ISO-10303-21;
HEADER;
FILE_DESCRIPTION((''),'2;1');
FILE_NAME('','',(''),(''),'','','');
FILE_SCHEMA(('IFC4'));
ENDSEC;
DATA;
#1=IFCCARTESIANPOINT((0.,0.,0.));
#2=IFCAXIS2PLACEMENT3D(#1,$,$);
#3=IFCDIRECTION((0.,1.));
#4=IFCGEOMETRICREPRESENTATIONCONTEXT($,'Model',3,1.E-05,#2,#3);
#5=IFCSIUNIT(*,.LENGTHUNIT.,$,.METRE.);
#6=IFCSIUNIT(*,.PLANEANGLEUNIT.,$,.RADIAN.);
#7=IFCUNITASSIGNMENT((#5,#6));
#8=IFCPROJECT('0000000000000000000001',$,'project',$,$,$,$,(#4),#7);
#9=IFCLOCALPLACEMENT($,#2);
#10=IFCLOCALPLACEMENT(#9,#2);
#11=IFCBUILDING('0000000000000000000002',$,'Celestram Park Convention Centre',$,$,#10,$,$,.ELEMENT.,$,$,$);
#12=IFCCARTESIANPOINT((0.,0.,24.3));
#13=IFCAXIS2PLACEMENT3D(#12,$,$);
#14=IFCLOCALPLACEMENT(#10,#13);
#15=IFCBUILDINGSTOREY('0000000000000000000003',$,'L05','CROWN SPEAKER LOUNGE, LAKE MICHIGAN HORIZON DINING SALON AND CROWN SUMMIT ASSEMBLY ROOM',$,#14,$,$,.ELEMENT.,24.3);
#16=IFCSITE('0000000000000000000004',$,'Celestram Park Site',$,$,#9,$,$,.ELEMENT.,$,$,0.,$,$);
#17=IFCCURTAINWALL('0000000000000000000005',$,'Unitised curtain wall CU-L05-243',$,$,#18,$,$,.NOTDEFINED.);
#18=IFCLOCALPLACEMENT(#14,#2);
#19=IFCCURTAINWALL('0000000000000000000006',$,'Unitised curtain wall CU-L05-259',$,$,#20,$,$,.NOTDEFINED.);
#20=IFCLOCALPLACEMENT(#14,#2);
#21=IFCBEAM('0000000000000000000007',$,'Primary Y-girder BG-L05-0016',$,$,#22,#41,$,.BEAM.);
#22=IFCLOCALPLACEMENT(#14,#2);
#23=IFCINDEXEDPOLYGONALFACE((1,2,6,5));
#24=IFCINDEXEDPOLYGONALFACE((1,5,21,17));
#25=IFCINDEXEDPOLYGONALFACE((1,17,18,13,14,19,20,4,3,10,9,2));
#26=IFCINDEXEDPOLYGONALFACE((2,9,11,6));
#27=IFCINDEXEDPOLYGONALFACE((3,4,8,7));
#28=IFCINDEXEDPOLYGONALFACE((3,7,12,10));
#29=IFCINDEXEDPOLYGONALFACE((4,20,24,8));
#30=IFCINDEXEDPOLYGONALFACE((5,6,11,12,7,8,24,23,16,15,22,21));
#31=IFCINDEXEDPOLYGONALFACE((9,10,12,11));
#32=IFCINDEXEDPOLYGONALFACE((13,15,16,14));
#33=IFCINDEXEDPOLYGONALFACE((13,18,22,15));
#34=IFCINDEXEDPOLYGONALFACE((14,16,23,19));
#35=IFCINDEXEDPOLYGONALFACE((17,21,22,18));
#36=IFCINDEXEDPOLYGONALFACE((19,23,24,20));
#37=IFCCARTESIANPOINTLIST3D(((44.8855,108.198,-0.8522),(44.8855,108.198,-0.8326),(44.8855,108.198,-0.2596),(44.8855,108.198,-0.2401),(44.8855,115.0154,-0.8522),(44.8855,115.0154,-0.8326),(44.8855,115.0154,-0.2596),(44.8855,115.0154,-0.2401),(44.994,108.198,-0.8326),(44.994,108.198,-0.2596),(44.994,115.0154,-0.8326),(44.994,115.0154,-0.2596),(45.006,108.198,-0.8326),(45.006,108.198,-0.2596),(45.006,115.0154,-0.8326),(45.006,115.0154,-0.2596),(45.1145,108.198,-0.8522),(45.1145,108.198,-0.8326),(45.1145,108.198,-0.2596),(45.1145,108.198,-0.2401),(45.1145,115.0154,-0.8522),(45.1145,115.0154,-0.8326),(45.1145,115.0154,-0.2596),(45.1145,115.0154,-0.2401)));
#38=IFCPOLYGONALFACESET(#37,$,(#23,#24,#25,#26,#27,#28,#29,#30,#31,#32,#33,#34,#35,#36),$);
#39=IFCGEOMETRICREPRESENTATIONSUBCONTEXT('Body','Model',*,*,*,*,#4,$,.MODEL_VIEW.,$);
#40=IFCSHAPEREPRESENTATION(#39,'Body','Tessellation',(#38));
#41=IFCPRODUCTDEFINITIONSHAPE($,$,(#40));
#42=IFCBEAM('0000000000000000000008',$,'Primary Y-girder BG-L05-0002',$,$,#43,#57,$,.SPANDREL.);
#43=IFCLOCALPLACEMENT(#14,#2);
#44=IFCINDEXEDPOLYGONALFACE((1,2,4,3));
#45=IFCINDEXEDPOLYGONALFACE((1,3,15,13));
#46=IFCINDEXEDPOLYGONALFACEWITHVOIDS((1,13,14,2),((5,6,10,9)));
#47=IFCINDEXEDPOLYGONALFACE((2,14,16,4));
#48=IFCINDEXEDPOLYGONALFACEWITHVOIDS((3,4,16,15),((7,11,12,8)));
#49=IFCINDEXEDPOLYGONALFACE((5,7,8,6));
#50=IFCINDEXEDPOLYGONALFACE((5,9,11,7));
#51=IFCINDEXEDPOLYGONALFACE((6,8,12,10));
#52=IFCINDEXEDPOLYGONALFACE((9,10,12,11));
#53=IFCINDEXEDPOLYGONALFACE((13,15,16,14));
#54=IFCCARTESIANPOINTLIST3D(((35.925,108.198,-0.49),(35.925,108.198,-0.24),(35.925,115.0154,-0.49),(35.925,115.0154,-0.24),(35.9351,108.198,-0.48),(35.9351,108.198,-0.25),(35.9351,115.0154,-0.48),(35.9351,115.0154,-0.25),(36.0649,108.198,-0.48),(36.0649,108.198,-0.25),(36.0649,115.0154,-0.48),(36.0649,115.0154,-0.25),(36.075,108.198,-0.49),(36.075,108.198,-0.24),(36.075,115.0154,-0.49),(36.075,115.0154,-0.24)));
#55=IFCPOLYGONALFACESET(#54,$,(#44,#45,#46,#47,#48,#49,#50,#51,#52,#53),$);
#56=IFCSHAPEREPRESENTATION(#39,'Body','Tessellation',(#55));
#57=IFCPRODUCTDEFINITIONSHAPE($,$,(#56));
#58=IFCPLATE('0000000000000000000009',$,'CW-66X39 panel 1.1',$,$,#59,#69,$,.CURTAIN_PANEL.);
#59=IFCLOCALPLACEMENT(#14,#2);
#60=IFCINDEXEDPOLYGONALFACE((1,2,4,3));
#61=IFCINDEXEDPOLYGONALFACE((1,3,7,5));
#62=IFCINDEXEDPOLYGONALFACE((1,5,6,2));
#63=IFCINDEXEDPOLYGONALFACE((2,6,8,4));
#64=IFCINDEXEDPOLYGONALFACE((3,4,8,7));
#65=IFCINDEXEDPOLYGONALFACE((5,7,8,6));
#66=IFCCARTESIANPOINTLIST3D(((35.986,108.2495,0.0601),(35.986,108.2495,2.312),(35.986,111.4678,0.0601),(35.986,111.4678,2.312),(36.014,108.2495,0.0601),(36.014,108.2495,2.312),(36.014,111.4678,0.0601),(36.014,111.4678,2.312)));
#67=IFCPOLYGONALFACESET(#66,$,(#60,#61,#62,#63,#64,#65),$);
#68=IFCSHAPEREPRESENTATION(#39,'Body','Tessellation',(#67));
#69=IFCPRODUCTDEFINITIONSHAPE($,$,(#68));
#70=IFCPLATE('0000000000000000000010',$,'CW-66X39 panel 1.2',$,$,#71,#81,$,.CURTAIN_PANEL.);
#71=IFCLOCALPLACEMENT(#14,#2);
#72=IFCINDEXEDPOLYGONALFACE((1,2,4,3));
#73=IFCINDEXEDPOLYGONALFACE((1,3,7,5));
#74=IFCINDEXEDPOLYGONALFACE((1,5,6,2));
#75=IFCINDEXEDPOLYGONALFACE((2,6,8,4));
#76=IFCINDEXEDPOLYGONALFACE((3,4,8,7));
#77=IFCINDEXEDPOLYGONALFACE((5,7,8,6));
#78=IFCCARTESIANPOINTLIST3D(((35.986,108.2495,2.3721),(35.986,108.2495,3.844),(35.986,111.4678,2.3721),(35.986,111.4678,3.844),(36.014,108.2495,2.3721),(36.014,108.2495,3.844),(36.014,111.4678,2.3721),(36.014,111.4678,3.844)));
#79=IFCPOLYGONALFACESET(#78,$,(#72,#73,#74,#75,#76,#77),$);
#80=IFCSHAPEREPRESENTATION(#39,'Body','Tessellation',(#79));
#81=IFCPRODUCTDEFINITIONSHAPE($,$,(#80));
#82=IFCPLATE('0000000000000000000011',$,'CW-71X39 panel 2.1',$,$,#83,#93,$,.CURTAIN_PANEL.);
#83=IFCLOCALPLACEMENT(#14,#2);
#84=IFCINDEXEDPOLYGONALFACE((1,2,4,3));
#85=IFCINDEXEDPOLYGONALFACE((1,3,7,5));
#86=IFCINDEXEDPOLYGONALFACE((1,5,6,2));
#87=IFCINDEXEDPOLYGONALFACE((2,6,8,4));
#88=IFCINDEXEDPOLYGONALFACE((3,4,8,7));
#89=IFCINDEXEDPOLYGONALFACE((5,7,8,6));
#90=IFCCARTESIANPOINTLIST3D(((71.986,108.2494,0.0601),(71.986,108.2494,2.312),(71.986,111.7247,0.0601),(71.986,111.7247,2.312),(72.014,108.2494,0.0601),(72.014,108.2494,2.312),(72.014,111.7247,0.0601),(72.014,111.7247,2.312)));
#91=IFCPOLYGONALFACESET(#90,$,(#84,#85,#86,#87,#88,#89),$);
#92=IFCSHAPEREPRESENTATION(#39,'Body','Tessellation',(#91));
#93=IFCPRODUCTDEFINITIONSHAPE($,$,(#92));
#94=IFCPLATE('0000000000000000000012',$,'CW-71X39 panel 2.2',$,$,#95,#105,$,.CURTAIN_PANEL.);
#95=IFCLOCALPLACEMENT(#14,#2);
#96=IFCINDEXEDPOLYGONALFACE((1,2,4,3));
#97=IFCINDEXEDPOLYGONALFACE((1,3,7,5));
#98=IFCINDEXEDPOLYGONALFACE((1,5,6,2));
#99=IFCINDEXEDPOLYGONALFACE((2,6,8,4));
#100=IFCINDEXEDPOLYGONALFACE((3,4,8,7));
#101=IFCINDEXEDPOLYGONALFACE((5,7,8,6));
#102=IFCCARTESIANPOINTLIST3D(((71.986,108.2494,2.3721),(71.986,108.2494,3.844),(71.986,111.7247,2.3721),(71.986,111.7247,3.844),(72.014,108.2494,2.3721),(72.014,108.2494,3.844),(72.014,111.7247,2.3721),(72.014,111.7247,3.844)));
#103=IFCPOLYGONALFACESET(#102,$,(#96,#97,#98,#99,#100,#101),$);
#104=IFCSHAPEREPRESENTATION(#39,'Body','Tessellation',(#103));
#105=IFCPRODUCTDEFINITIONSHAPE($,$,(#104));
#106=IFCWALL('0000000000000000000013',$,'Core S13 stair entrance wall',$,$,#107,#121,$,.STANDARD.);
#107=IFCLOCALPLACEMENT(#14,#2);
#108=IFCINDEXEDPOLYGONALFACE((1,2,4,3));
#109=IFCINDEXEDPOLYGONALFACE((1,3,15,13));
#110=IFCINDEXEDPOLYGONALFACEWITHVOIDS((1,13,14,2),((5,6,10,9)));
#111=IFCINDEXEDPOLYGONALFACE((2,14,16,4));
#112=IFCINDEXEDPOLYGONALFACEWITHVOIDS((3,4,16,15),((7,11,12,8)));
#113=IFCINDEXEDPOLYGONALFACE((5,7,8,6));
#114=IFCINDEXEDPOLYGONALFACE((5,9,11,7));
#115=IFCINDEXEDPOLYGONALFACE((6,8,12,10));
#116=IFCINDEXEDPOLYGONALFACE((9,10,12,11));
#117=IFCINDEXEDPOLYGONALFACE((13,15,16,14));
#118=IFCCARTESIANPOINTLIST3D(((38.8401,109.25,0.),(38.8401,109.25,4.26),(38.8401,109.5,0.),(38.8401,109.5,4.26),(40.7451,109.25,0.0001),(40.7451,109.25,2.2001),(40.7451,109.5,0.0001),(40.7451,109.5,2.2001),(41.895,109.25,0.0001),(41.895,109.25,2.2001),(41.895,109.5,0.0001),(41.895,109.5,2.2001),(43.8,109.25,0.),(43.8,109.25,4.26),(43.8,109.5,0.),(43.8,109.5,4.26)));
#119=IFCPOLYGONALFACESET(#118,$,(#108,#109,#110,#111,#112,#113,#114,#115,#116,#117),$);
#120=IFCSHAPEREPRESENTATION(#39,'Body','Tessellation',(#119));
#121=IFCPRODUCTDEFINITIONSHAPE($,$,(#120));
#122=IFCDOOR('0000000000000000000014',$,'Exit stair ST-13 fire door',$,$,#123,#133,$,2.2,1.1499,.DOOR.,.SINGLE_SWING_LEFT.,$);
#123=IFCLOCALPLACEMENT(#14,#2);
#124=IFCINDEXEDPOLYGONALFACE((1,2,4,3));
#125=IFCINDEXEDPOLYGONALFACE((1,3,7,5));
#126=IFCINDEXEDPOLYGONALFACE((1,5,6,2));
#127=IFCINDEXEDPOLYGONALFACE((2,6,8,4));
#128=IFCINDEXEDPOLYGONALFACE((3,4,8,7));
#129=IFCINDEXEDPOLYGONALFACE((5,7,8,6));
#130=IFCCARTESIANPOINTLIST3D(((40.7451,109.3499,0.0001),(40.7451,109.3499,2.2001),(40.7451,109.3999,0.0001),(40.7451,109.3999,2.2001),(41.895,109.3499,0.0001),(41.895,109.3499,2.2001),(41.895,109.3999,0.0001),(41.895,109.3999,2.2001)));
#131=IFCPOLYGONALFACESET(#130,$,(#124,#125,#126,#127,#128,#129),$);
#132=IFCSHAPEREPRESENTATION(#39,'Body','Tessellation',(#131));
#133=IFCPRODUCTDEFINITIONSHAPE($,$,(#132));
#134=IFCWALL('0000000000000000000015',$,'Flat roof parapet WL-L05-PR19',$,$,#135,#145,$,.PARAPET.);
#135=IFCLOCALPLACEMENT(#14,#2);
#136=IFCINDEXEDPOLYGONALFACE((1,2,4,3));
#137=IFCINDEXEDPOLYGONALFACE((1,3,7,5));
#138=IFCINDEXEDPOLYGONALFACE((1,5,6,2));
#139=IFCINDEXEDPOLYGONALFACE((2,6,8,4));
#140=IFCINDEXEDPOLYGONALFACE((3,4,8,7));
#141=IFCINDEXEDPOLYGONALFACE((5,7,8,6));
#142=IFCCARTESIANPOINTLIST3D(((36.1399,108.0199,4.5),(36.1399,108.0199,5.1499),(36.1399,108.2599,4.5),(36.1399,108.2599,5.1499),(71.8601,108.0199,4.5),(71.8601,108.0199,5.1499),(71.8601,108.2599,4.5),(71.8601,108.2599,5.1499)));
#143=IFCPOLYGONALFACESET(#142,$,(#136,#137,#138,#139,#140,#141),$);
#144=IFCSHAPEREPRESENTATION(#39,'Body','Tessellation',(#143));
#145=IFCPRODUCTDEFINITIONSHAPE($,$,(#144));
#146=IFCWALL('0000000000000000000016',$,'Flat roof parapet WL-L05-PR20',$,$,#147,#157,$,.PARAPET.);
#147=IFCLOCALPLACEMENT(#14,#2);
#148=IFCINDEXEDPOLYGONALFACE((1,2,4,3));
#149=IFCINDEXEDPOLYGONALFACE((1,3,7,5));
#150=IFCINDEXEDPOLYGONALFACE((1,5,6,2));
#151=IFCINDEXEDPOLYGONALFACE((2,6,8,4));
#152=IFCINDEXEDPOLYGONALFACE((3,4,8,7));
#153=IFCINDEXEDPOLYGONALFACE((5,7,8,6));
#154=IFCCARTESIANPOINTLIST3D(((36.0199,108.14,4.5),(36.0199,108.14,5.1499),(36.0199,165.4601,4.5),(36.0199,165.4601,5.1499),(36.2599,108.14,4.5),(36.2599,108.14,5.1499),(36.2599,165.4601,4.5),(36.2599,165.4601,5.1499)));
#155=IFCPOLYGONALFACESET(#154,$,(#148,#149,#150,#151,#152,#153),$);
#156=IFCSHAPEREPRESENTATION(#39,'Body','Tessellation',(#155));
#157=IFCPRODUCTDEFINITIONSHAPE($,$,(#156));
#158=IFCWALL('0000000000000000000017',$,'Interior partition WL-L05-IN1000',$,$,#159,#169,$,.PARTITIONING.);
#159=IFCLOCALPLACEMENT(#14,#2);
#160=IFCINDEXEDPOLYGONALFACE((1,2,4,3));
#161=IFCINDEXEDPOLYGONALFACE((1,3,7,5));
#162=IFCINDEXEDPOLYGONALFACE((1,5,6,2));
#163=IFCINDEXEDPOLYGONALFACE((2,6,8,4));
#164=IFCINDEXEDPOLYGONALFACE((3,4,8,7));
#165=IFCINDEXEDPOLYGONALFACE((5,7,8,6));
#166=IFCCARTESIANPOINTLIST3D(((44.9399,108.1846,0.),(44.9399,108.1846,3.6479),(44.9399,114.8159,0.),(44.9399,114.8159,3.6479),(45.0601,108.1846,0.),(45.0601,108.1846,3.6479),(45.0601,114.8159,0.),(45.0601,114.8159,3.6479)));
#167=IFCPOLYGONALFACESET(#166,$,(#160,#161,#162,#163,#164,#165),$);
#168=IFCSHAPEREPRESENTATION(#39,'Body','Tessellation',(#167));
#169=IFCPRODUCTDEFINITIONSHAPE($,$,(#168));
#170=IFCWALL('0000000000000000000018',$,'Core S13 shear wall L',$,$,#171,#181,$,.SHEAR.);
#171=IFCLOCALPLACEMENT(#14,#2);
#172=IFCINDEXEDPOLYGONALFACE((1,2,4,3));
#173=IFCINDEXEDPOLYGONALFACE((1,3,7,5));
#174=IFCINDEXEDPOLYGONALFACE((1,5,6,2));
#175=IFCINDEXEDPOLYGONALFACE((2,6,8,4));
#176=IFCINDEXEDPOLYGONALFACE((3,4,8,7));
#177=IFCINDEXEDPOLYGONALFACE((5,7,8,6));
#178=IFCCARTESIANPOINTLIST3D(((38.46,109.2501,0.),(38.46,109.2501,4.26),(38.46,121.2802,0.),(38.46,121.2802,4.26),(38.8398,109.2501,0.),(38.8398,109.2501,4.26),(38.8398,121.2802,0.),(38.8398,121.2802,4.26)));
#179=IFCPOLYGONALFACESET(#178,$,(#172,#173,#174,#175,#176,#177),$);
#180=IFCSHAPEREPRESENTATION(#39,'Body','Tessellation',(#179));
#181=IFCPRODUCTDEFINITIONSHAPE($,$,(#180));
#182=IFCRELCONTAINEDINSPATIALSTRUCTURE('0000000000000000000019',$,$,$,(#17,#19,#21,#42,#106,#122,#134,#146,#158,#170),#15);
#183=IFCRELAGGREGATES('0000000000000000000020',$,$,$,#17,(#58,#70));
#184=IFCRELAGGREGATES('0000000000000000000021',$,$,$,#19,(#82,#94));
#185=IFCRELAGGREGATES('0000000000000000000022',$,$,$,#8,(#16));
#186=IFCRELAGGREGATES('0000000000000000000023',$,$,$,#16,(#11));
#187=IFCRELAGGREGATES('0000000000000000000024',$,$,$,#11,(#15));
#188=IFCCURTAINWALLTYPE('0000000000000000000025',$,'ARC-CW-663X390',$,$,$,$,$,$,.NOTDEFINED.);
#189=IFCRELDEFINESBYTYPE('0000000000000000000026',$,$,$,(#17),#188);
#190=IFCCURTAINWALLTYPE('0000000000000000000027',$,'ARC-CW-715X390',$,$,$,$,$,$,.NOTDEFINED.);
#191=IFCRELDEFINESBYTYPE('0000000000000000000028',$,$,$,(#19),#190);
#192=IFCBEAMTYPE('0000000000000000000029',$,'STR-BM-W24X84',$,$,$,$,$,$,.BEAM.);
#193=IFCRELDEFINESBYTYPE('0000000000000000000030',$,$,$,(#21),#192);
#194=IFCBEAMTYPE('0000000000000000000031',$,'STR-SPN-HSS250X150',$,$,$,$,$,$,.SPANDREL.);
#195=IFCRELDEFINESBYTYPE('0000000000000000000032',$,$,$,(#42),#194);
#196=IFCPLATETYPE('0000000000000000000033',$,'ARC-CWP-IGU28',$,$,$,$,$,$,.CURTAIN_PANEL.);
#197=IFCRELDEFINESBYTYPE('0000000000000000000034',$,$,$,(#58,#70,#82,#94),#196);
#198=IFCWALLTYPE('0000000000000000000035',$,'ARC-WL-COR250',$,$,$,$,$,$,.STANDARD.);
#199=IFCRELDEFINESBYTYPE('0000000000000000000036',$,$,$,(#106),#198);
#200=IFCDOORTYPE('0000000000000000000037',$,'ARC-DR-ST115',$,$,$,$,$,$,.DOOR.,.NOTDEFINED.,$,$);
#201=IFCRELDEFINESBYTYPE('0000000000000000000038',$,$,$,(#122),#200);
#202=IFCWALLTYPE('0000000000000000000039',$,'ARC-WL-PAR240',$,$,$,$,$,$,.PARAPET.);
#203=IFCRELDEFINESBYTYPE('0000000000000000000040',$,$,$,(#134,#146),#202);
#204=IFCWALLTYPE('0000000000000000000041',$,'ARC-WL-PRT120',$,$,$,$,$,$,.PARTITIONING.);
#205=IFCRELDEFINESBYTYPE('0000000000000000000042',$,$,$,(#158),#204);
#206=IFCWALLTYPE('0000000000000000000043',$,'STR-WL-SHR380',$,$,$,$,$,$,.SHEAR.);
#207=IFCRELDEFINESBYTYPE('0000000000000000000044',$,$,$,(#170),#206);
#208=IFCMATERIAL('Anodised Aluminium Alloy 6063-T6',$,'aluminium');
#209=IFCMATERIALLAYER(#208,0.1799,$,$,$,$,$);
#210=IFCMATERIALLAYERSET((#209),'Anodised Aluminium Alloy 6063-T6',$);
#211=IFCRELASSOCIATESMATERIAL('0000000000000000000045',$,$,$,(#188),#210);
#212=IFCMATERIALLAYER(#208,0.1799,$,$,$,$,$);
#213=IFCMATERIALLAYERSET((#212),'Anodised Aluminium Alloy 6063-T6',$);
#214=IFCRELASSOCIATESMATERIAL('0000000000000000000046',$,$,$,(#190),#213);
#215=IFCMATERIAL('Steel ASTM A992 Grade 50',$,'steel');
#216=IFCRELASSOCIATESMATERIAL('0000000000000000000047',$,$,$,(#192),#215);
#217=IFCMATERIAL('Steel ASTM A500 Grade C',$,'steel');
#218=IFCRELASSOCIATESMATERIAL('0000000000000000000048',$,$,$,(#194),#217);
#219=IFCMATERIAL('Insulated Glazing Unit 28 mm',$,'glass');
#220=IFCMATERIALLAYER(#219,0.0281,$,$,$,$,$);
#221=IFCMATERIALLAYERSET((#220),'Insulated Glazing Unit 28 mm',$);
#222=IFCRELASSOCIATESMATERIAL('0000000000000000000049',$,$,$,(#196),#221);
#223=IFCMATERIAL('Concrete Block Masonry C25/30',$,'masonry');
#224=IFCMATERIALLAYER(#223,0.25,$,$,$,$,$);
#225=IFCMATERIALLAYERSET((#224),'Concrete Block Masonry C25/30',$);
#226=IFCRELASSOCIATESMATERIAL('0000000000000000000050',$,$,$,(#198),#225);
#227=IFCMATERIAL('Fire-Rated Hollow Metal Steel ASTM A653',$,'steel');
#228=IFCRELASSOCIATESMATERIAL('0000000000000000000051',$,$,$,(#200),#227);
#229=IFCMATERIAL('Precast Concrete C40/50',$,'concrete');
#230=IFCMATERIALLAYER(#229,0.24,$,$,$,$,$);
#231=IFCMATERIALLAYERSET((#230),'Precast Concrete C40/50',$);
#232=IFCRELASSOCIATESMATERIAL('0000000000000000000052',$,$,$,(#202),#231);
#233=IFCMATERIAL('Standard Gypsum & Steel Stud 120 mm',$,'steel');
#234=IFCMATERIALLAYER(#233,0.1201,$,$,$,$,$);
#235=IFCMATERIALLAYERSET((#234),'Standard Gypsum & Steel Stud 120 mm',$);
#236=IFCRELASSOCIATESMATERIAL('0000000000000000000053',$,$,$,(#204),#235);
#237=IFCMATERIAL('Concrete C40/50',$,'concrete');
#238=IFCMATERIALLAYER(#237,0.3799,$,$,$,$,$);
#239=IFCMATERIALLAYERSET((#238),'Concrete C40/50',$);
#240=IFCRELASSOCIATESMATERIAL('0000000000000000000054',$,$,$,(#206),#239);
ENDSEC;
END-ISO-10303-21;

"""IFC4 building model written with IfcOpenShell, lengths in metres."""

from ifc_helpers import new_model, si_unit, direction, frame, frame_2d, origin, origin_2d, place, context, subcontext, project, spatial, rectangle, hollow_rectangle, i_section, extrude, material, layer, layer_set, material_profile, profile_set, type_object, element, fill, aggregate, save


model = new_model("IFC4")

# Units and contexts
model_context = context("Model", 3, precision=1e-05, world=origin(), true_north=direction((0.0, 1.0)))
body_context = subcontext(model_context, "Body", "Model", "MODEL_VIEW")
ifc_project = project(units=[si_unit("LENGTHUNIT", "METRE"), si_unit("PLANEANGLEUNIT", "RADIAN")], contexts=[model_context])

# Site, building, storey
site_placement = place(None, origin())
site = spatial("IfcSite", under=ifc_project, at=site_placement, Name="Celestram Park Site", CompositionType="ELEMENT", RefElevation=0.0)
building_placement = place(site_placement, origin())
building = spatial("IfcBuilding", under=site, at=building_placement, Name="Celestram Park Convention Centre", CompositionType="ELEMENT")
storey_placement = place(building_placement, frame((0.0, 0.0, 24.3)))
storey = spatial("IfcBuildingStorey", under=building, at=storey_placement, Name="L05", Description="CROWN SPEAKER LOUNGE, LAKE MICHIGAN HORIZON DINING SALON AND CROWN SUMMIT ASSEMBLY ROOM", CompositionType="ELEMENT", Elevation=24.3)

# Shared definitions
ifc_material_1 = material(Name="Steel ASTM A992 Grade 50", Category="steel")

# Curtain wall
ifc_material_2 = material(Name="Anodised Aluminium Alloy 6063-T6", Category="aluminium")
ifc_layer_1 = layer(ifc_material_2, 0.1799)
ifc_layer_set_1 = layer_set([ifc_layer_1], Name="Anodised Aluminium Alloy 6063-T6")
curtain_wall_type_1 = type_object("IfcCurtainWallType", Name="ARC-CW-663X390", PredefinedType="NOTDEFINED", material=ifc_layer_set_1)
curtain_wall_1_placement = place(storey_placement, origin())
curtain_wall_1 = element("IfcCurtainWall", 1, at=curtain_wall_1_placement, inside=storey, type_object=curtain_wall_type_1, Name="Unitised curtain wall CU-L05-243", PredefinedType="NOTDEFINED")

# Curtain wall
ifc_layer_2 = layer(ifc_material_2, 0.1799)
ifc_layer_set_2 = layer_set([ifc_layer_2], Name="Anodised Aluminium Alloy 6063-T6")
curtain_wall_type_2 = type_object("IfcCurtainWallType", Name="ARC-CW-715X390", PredefinedType="NOTDEFINED", material=ifc_layer_set_2)
curtain_wall_2_placement = place(storey_placement, origin())
curtain_wall_2 = element("IfcCurtainWall", 2, at=curtain_wall_2_placement, inside=storey, type_object=curtain_wall_type_2, Name="Unitised curtain wall CU-L05-259", PredefinedType="NOTDEFINED")

# Beams
ifc_material_profile_1 = material_profile(ifc_material_1, i_section(OverallWidth=0.229, OverallDepth=0.6121, WebThickness=0.012, FlangeThickness=0.0195, at=origin_2d()), Name="W24X84")
ifc_profile_set_1 = profile_set([ifc_material_profile_1], Name="Steel ASTM A992 Grade 50")
beam_type_1 = type_object("IfcBeamType", Name="STR-BM-W24X84", PredefinedType="BEAM", material=ifc_profile_set_1)
beam_1_placement = place(storey_placement, frame((45.0, 108.198, -0.5461), z_axis=(0.0, 1.0, 0.0), x_axis=(-1.0, 0.0, 0.0)))
element("IfcBeam", 3, at=beam_1_placement, inside=storey, type_object=beam_type_1, Name="Primary Y-girder BG-L05-0016", PredefinedType="BEAM", context=body_context, shape_type="SweptSolid", body=[
    extrude(i_section(OverallWidth=0.229, OverallDepth=0.6121, WebThickness=0.012, FlangeThickness=0.0195, at=origin_2d()), origin(), (0.0, 0.0, 1.0), 6.8174),
])
ifc_material_3 = material(Name="Steel ASTM A500 Grade C", Category="steel")
ifc_material_profile_2 = material_profile(ifc_material_3, hollow_rectangle(XDim=0.1499, YDim=0.25, WallThickness=0.01, at=origin_2d()), Name="HSS250X150X10")
ifc_profile_set_2 = profile_set([ifc_material_profile_2], Name="Steel ASTM A500 Grade C")
beam_type_2 = type_object("IfcBeamType", Name="STR-SPN-HSS250X150", PredefinedType="SPANDREL", material=ifc_profile_set_2)
beam_2_placement = place(storey_placement, frame((36.0, 108.198, -0.365), z_axis=(0.0, 1.0, 0.0), x_axis=(-1.0, 0.0, 0.0)))
element("IfcBeam", 4, at=beam_2_placement, inside=storey, type_object=beam_type_2, Name="Primary Y-girder BG-L05-0002", PredefinedType="SPANDREL", context=body_context, shape_type="SweptSolid", body=[
    extrude(hollow_rectangle(XDim=0.1499, YDim=0.25, WallThickness=0.01, at=origin_2d()), origin(), (0.0, 0.0, 1.0), 6.8174),
])

# Plates
ifc_material_4 = material(Name="Insulated Glazing Unit 28 mm", Category="glass")
ifc_layer_3 = layer(ifc_material_4, 0.0281)
ifc_layer_set_3 = layer_set([ifc_layer_3], Name="Insulated Glazing Unit 28 mm")
plate_type = type_object("IfcPlateType", Name="ARC-CWP-IGU28", PredefinedType="CURTAIN_PANEL", material=ifc_layer_set_3)
plate_1_placement = place(storey_placement, frame((36.0, 109.8586, 0.0601), z_axis=(0.0, 0.0, 1.0), x_axis=(0.0, 1.0, 0.0)))
plate_1 = element("IfcPlate", 5, at=plate_1_placement, type_object=plate_type, Name="CW-66X39 panel 1.1", PredefinedType="CURTAIN_PANEL", context=body_context, shape_type="SweptSolid", body=[
    extrude(rectangle(XDim=3.2183, YDim=0.0281, at=origin_2d()), origin(), (0.0, 0.0, 1.0), 2.252),
])
plate_2_placement = place(storey_placement, frame((36.0, 109.8586, 2.3721), z_axis=(0.0, 0.0, 1.0), x_axis=(0.0, 1.0, 0.0)))
plate_2 = element("IfcPlate", 6, at=plate_2_placement, type_object=plate_type, Name="CW-66X39 panel 1.2", PredefinedType="CURTAIN_PANEL", context=body_context, shape_type="SweptSolid", body=[
    extrude(rectangle(XDim=3.2183, YDim=0.0281, at=origin_2d()), origin(), (0.0, 0.0, 1.0), 1.4719),
])
aggregate(curtain_wall_1, [plate_1, plate_2])
plate_3_placement = place(storey_placement, frame((72.0, 109.9871, 0.0601), z_axis=(0.0, 0.0, 1.0), x_axis=(0.0, -1.0, 0.0)))
plate_3 = element("IfcPlate", 7, at=plate_3_placement, type_object=plate_type, Name="CW-71X39 panel 2.1", PredefinedType="CURTAIN_PANEL", context=body_context, shape_type="SweptSolid", body=[
    extrude(rectangle(XDim=3.4753, YDim=0.0281, at=origin_2d()), origin(), (0.0, 0.0, 1.0), 2.252),
])
plate_4_placement = place(storey_placement, frame((72.0, 109.9871, 2.3721), z_axis=(0.0, 0.0, 1.0), x_axis=(0.0, -1.0, 0.0)))
plate_4 = element("IfcPlate", 8, at=plate_4_placement, type_object=plate_type, Name="CW-71X39 panel 2.2", PredefinedType="CURTAIN_PANEL", context=body_context, shape_type="SweptSolid", body=[
    extrude(rectangle(XDim=3.4753, YDim=0.0281, at=origin_2d()), origin(), (0.0, 0.0, 1.0), 1.4719),
])
aggregate(curtain_wall_2, [plate_3, plate_4])

# Wall, opening, door
ifc_material_5 = material(Name="Concrete Block Masonry C25/30", Category="masonry")
ifc_layer_4 = layer(ifc_material_5, 0.25)
ifc_layer_set_4 = layer_set([ifc_layer_4], Name="Concrete Block Masonry C25/30")
wall_type_1 = type_object("IfcWallType", Name="ARC-WL-COR250", PredefinedType="STANDARD", material=ifc_layer_set_4)
wall_1_placement = place(storey_placement, frame((38.8401, 109.375, 0.0), z_axis=(0.0, 0.0, 1.0), x_axis=(1.0, 0.0, 0.0)))
wall_1 = element("IfcWall", 9, at=wall_1_placement, inside=storey, type_object=wall_type_1, Name="Core S13 stair entrance wall", PredefinedType="STANDARD", context=body_context, shape_type="SweptSolid", body=[
    extrude(rectangle(XDim=4.96, YDim=0.25, at=frame_2d((2.48, 0.0))), origin(), (0.0, 0.0, 1.0), 4.26),
])
opening_placement = place(wall_1_placement, frame((1.905, 0.0, 0.0)))
opening = element("IfcOpeningElement", 10, at=opening_placement, cuts=wall_1, PredefinedType="OPENING", context=body_context, shape_type="SweptSolid", body=[
    extrude(rectangle(XDim=1.1499, YDim=2.2, at=frame_2d((0.575, 1.1001))), frame((0.0, 0.135, 0.0), z_axis=(0.0, -1.0, 0.0), x_axis=(1.0, 0.0, 0.0)), (0.0, 0.0, 1.0), 0.27),
])
ifc_material_6 = material(Name="Fire-Rated Hollow Metal Steel ASTM A653", Category="steel")
door_type = type_object("IfcDoorType", Name="ARC-DR-ST115", OperationType="NOTDEFINED", PredefinedType="DOOR", material=ifc_material_6)
door_placement = place(opening_placement, origin())
door = element("IfcDoor", 11, at=door_placement, inside=storey, type_object=door_type, Name="Exit stair ST-13 fire door", OperationType="SINGLE_SWING_LEFT", OverallHeight=2.2, OverallWidth=1.1499, PredefinedType="DOOR", context=body_context, shape_type="SweptSolid", body=[
    extrude(rectangle(XDim=1.1499, YDim=2.2, at=frame_2d((0.575, 1.1001))), frame((0.0, 0.0249, 0.0), z_axis=(0.0, -1.0, 0.0), x_axis=(1.0, 0.0, 0.0)), (0.0, 0.0, 1.0), 0.05),
])
fill(opening, door)

# Walls
ifc_material_7 = material(Name="Precast Concrete C40/50", Category="concrete")
ifc_layer_5 = layer(ifc_material_7, 0.24)
ifc_layer_set_5 = layer_set([ifc_layer_5], Name="Precast Concrete C40/50")
wall_type_2 = type_object("IfcWallType", Name="ARC-WL-PAR240", PredefinedType="PARAPET", material=ifc_layer_set_5)
wall_2_placement = place(storey_placement, frame((71.8601, 108.1399, 4.5), z_axis=(0.0, 0.0, 1.0), x_axis=(-1.0, 0.0, 0.0)))
element("IfcWall", 12, at=wall_2_placement, inside=storey, type_object=wall_type_2, Name="Flat roof parapet WL-L05-PR19", PredefinedType="PARAPET", context=body_context, shape_type="SweptSolid", body=[
    extrude(rectangle(XDim=35.7202, YDim=0.24, at=frame_2d((17.8601, 0.0))), origin(), (0.0, 0.0, 1.0), 0.6499),
])
wall_3_placement = place(storey_placement, frame((36.1399, 108.1399, 4.5), z_axis=(0.0, 0.0, 1.0), x_axis=(0.0, 1.0, 0.0)))
element("IfcWall", 13, at=wall_3_placement, inside=storey, type_object=wall_type_2, Name="Flat roof parapet WL-L05-PR20", PredefinedType="PARAPET", context=body_context, shape_type="SweptSolid", body=[
    extrude(rectangle(XDim=57.3201, YDim=0.24, at=frame_2d((28.6602, 0.0))), origin(), (0.0, 0.0, 1.0), 0.6499),
])
ifc_material_8 = material(Name="Standard Gypsum & Steel Stud 120 mm", Category="steel")
ifc_layer_6 = layer(ifc_material_8, 0.1201)
ifc_layer_set_6 = layer_set([ifc_layer_6], Name="Standard Gypsum & Steel Stud 120 mm")
wall_type_3 = type_object("IfcWallType", Name="ARC-WL-PRT120", PredefinedType="PARTITIONING", material=ifc_layer_set_6)
wall_4_placement = place(storey_placement, frame((45.0, 108.1846, 0.0), z_axis=(0.0, 0.0, 1.0), x_axis=(0.0, 1.0, 0.0)))
element("IfcWall", 14, at=wall_4_placement, inside=storey, type_object=wall_type_3, Name="Interior partition WL-L05-IN1000", PredefinedType="PARTITIONING", context=body_context, shape_type="SweptSolid", body=[
    extrude(rectangle(XDim=6.6313, YDim=0.1201, at=frame_2d((3.3157, 0.0))), origin(), (0.0, 0.0, 1.0), 3.6479),
])
ifc_material_9 = material(Name="Concrete C40/50", Category="concrete")
ifc_layer_7 = layer(ifc_material_9, 0.3799)
ifc_layer_set_7 = layer_set([ifc_layer_7], Name="Concrete C40/50")
wall_type_4 = type_object("IfcWallType", Name="STR-WL-SHR380", PredefinedType="SHEAR", material=ifc_layer_set_7)
wall_5_placement = place(storey_placement, frame((38.6499, 109.25, 0.0), z_axis=(0.0, 0.0, 1.0), x_axis=(0.0, 1.0, 0.0)))
element("IfcWall", 15, at=wall_5_placement, inside=storey, type_object=wall_type_4, Name="Core S13 shear wall L", PredefinedType="SHEAR", context=body_context, shape_type="SweptSolid", body=[
    extrude(rectangle(XDim=12.03, YDim=0.3799, at=frame_2d((6.0151, 0.0))), origin(), (0.0, 0.0, 1.0), 4.26),
])

save(model, "model.ifc")
